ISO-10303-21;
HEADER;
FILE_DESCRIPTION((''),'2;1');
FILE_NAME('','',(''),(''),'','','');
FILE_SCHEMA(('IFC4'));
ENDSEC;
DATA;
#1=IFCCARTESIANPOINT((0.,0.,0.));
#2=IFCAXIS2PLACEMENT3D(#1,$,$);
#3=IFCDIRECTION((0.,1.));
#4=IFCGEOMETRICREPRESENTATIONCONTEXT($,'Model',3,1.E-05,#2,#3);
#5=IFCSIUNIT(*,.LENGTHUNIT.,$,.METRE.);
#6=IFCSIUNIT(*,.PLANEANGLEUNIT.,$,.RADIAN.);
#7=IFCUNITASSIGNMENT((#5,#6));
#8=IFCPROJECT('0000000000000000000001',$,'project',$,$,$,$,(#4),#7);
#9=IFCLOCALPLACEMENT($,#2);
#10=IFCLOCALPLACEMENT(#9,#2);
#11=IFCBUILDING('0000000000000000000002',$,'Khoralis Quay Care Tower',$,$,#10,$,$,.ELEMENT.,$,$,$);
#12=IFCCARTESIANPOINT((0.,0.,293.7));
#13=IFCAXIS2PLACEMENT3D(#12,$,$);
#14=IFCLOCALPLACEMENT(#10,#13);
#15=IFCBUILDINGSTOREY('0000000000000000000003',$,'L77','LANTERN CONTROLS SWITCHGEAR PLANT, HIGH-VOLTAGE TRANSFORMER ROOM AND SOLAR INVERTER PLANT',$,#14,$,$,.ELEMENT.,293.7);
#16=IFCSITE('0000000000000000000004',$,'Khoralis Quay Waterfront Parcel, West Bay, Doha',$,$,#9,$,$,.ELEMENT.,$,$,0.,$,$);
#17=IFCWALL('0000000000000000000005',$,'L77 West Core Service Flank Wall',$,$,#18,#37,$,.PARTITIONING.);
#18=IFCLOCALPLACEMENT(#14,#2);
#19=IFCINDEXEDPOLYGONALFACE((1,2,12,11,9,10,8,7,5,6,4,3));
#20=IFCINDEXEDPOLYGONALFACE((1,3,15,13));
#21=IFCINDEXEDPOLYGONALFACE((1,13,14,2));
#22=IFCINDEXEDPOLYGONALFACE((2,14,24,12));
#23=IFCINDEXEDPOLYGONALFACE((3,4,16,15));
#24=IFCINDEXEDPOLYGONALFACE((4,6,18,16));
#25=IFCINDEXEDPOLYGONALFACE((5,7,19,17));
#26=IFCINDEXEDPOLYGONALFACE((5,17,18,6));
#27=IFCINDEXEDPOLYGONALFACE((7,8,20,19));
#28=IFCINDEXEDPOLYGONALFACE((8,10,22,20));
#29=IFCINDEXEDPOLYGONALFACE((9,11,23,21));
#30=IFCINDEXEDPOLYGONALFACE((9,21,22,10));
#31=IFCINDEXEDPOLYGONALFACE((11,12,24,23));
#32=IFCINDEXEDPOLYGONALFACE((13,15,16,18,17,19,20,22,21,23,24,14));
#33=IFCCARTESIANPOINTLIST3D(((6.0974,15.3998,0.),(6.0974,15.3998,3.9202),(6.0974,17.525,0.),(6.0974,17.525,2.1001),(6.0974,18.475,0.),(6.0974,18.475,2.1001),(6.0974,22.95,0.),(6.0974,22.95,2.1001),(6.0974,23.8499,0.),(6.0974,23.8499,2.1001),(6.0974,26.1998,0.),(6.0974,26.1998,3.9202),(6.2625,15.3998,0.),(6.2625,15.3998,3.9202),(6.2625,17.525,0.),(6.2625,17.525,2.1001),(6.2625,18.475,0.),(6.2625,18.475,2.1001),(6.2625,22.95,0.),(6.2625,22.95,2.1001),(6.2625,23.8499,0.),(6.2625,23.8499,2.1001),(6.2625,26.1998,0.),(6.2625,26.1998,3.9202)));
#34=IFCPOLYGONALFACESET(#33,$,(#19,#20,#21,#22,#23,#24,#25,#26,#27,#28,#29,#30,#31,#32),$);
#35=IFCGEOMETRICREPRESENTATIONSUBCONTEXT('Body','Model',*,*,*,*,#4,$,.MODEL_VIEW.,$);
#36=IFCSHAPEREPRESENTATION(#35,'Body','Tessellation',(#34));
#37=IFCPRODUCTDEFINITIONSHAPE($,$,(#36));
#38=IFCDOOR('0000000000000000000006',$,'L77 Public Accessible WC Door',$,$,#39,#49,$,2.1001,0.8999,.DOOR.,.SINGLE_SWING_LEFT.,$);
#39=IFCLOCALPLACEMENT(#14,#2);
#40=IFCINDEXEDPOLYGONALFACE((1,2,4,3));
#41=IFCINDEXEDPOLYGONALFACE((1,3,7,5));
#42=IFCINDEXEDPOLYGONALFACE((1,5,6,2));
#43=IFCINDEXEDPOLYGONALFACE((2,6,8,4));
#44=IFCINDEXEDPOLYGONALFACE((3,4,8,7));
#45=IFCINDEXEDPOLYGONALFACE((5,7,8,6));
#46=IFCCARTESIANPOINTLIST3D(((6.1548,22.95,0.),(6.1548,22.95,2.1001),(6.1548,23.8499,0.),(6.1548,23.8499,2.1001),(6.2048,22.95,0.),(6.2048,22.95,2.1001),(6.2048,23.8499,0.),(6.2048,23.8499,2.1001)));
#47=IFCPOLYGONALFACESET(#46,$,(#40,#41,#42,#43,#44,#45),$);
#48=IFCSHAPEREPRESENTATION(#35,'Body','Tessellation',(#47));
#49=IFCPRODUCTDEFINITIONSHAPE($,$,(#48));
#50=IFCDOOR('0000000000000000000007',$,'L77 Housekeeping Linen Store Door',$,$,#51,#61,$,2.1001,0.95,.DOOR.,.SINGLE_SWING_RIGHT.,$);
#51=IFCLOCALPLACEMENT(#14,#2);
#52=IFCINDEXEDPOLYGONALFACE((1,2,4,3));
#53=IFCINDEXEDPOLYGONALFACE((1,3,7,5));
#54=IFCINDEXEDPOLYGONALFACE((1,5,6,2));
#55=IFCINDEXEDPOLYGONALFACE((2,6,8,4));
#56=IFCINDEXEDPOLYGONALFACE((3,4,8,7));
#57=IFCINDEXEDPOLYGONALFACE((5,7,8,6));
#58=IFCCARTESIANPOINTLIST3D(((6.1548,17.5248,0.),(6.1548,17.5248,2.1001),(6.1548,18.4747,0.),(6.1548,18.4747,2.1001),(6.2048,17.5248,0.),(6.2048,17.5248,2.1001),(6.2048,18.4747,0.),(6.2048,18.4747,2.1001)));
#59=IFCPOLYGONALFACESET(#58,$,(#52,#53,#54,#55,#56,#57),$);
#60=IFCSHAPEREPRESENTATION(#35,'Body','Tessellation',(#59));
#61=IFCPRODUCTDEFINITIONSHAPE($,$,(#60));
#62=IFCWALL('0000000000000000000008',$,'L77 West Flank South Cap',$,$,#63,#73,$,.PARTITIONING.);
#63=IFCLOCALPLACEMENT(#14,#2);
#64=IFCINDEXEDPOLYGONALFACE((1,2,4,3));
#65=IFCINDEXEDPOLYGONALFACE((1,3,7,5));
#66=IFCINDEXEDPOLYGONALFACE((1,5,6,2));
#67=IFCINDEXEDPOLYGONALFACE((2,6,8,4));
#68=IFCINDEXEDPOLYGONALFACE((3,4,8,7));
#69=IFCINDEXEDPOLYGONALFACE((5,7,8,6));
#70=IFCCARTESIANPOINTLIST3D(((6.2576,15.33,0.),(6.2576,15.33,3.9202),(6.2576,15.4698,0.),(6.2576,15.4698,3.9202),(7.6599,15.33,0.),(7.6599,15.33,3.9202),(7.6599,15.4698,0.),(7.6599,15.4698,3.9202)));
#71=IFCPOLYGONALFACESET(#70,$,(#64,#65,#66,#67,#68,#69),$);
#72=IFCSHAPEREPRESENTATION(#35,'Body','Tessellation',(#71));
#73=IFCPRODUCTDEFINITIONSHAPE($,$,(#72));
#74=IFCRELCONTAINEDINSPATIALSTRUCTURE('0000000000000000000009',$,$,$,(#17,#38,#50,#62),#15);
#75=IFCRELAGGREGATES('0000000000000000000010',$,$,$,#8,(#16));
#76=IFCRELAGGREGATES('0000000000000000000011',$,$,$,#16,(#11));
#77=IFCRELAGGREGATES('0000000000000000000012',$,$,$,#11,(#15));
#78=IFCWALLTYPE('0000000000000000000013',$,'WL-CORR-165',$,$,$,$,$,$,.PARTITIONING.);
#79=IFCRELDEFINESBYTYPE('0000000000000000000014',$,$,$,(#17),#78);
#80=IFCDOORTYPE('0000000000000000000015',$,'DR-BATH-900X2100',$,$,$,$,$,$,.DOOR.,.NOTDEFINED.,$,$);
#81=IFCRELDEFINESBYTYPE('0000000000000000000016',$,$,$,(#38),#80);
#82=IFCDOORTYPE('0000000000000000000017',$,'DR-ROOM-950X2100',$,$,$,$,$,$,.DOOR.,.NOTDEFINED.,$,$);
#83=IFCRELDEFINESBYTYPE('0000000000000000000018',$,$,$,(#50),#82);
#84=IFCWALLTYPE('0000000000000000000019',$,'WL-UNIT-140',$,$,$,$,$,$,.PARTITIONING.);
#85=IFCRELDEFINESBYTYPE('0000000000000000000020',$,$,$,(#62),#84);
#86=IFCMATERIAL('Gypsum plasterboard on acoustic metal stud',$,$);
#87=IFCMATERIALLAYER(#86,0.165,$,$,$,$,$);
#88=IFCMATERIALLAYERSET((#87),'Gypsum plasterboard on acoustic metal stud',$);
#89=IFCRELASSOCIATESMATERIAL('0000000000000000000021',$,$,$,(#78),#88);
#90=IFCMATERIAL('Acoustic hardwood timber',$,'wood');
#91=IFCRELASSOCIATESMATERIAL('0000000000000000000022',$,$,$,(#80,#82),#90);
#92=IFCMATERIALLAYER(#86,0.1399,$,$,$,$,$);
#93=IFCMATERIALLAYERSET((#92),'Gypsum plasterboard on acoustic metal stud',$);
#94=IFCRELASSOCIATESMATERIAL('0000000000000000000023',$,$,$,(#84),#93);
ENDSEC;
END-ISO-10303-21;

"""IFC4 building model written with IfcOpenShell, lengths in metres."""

from ifc_helpers import new_model, si_unit, direction, frame, frame_2d, origin, place, context, subcontext, project, spatial, rectangle, extrude, source, transform, mapped, material, layer, layer_set, type_object, element, fill, save


model = new_model("IFC4")

# Units and contexts
model_context = context("Model", 3, precision=1e-05, world=origin(), true_north=direction((0.0, 1.0)))
body_context = subcontext(model_context, "Body", "Model", "MODEL_VIEW")
ifc_project = project(units=[si_unit("LENGTHUNIT", "METRE"), si_unit("PLANEANGLEUNIT", "RADIAN")], contexts=[model_context])

# Site, building, storey
site_placement = place(None, origin())
site = spatial("IfcSite", under=ifc_project, at=site_placement, Name="Khoralis Quay Waterfront Parcel, West Bay, Doha", CompositionType="ELEMENT", RefElevation=0.0)
building_placement = place(site_placement, origin())
building = spatial("IfcBuilding", under=site, at=building_placement, Name="Khoralis Quay Care Tower", CompositionType="ELEMENT")
storey_placement = place(building_placement, frame((0.0, 0.0, 293.7)))
storey = spatial("IfcBuildingStorey", under=building, at=storey_placement, Name="L77", Description="LANTERN CONTROLS SWITCHGEAR PLANT, HIGH-VOLTAGE TRANSFORMER ROOM AND SOLAR INVERTER PLANT", CompositionType="ELEMENT", Elevation=293.7)

# Wall, openings, doors
ifc_material_1 = material(Name="Gypsum plasterboard on acoustic metal stud")
ifc_layer_1 = layer(ifc_material_1, 0.165)
ifc_layer_set_1 = layer_set([ifc_layer_1], Name="Gypsum plasterboard on acoustic metal stud")
wall_type_1 = type_object("IfcWallType", Name="WL-CORR-165", PredefinedType="PARTITIONING", material=ifc_layer_set_1)
wall_1_placement = place(storey_placement, frame((6.1799, 15.3999, 0.0), z_axis=(0.0, 0.0, 1.0), x_axis=(0.0, 1.0, 0.0)))
wall_1 = element("IfcWall", 1, at=wall_1_placement, inside=storey, type_object=wall_type_1, Name="L77 West Core Service Flank Wall", PredefinedType="PARTITIONING", context=body_context, shape_type="SweptSolid", body=[
    extrude(rectangle(XDim=10.8, YDim=0.165, at=frame_2d((5.3999, 0.0))), origin(), (0.0, 0.0, 1.0), 3.9202),
])
opening_1_placement = place(wall_1_placement, frame((2.125, 0.0, 0.0)))
opening_1 = element("IfcOpeningElement", 2, at=opening_1_placement, cuts=wall_1, PredefinedType="OPENING", context=body_context, shape_type="SweptSolid", body=[
    extrude(rectangle(XDim=0.95, YDim=2.1001, at=frame_2d((0.4751, 1.05))), frame((0.0, 0.0925, 0.0), z_axis=(0.0, -1.0, 0.0), x_axis=(1.0, 0.0, 0.0)), (0.0, 0.0, 1.0), 0.1851),
])
opening_2_placement = place(wall_1_placement, frame((7.55, 0.0, 0.0)))
opening_2 = element("IfcOpeningElement", 3, at=opening_2_placement, cuts=wall_1, PredefinedType="OPENING", context=body_context, shape_type="SweptSolid", body=[
    extrude(rectangle(XDim=0.8999, YDim=2.1001, at=frame_2d((0.45, 1.05))), frame((0.0, 0.0925, 0.0), z_axis=(0.0, -1.0, 0.0), x_axis=(1.0, 0.0, 0.0)), (0.0, 0.0, 1.0), 0.1851),
])
ifc_material_2 = material(Name="Acoustic hardwood timber", Category="wood")
door_type_1 = type_object("IfcDoorType", Name="DR-BATH-900X2100", OperationType="NOTDEFINED", PredefinedType="DOOR", material=ifc_material_2)
shared_shape_1 = source(origin(), body_context, "Body", "SweptSolid", [
    extrude(rectangle(XDim=0.8999, YDim=2.1001, at=frame_2d((0.45, 1.05))), frame((0.0, 0.0249, 0.0), z_axis=(0.0, -1.0, 0.0), x_axis=(1.0, 0.0, 0.0)), (0.0, 0.0, 1.0), 0.05),
])
door_1_placement = place(opening_2_placement, frame((0.8999, 0.0, 0.0), z_axis=(0.0, 0.0, 1.0), x_axis=(-1.0, 0.0, 0.0)))
door_1 = element("IfcDoor", 4, at=door_1_placement, inside=storey, type_object=door_type_1, Name="L77 Public Accessible WC Door", OperationType="SINGLE_SWING_LEFT", OverallHeight=2.1001, OverallWidth=0.8999, PredefinedType="DOOR", context=body_context, shape_type="MappedRepresentation", body=[
    mapped(shared_shape_1, transform((0.0, 0.0, 0.0), scale=1.0)),
])
fill(opening_2, door_1)
door_type_2 = type_object("IfcDoorType", Name="DR-ROOM-950X2100", OperationType="NOTDEFINED", PredefinedType="DOOR", material=ifc_material_2)
shared_shape_2 = source(origin(), body_context, "Body", "SweptSolid", [
    extrude(rectangle(XDim=0.95, YDim=2.1001, at=frame_2d((0.4751, 1.05))), frame((0.0, 0.0249, 0.0), z_axis=(0.0, -1.0, 0.0), x_axis=(1.0, 0.0, 0.0)), (0.0, 0.0, 1.0), 0.05),
])
door_2_placement = place(opening_1_placement, frame((0.95, 0.0, 0.0), z_axis=(0.0, 0.0, 1.0), x_axis=(-1.0, 0.0, 0.0)))
door_2 = element("IfcDoor", 5, at=door_2_placement, inside=storey, type_object=door_type_2, Name="L77 Housekeeping Linen Store Door", OperationType="SINGLE_SWING_RIGHT", OverallHeight=2.1001, OverallWidth=0.95, PredefinedType="DOOR", context=body_context, shape_type="MappedRepresentation", body=[
    mapped(shared_shape_2, transform((0.0, 0.0, 0.0), scale=1.0)),
])
fill(opening_1, door_2)

# Wall
ifc_layer_2 = layer(ifc_material_1, 0.1399)
ifc_layer_set_2 = layer_set([ifc_layer_2], Name="Gypsum plasterboard on acoustic metal stud")
wall_type_2 = type_object("IfcWallType", Name="WL-UNIT-140", PredefinedType="PARTITIONING", material=ifc_layer_set_2)
wall_2_placement = place(storey_placement, frame((6.2576, 15.3999, 0.0), z_axis=(0.0, 0.0, 1.0), x_axis=(1.0, 0.0, 0.0)))
element("IfcWall", 6, at=wall_2_placement, inside=storey, type_object=wall_type_2, Name="L77 West Flank South Cap", PredefinedType="PARTITIONING", context=body_context, shape_type="SweptSolid", body=[
    extrude(rectangle(XDim=1.4023, YDim=0.1399, at=frame_2d((0.7012, 0.0))), origin(), (0.0, 0.0, 1.0), 3.9202),
])

save(model, "model.ifc")
